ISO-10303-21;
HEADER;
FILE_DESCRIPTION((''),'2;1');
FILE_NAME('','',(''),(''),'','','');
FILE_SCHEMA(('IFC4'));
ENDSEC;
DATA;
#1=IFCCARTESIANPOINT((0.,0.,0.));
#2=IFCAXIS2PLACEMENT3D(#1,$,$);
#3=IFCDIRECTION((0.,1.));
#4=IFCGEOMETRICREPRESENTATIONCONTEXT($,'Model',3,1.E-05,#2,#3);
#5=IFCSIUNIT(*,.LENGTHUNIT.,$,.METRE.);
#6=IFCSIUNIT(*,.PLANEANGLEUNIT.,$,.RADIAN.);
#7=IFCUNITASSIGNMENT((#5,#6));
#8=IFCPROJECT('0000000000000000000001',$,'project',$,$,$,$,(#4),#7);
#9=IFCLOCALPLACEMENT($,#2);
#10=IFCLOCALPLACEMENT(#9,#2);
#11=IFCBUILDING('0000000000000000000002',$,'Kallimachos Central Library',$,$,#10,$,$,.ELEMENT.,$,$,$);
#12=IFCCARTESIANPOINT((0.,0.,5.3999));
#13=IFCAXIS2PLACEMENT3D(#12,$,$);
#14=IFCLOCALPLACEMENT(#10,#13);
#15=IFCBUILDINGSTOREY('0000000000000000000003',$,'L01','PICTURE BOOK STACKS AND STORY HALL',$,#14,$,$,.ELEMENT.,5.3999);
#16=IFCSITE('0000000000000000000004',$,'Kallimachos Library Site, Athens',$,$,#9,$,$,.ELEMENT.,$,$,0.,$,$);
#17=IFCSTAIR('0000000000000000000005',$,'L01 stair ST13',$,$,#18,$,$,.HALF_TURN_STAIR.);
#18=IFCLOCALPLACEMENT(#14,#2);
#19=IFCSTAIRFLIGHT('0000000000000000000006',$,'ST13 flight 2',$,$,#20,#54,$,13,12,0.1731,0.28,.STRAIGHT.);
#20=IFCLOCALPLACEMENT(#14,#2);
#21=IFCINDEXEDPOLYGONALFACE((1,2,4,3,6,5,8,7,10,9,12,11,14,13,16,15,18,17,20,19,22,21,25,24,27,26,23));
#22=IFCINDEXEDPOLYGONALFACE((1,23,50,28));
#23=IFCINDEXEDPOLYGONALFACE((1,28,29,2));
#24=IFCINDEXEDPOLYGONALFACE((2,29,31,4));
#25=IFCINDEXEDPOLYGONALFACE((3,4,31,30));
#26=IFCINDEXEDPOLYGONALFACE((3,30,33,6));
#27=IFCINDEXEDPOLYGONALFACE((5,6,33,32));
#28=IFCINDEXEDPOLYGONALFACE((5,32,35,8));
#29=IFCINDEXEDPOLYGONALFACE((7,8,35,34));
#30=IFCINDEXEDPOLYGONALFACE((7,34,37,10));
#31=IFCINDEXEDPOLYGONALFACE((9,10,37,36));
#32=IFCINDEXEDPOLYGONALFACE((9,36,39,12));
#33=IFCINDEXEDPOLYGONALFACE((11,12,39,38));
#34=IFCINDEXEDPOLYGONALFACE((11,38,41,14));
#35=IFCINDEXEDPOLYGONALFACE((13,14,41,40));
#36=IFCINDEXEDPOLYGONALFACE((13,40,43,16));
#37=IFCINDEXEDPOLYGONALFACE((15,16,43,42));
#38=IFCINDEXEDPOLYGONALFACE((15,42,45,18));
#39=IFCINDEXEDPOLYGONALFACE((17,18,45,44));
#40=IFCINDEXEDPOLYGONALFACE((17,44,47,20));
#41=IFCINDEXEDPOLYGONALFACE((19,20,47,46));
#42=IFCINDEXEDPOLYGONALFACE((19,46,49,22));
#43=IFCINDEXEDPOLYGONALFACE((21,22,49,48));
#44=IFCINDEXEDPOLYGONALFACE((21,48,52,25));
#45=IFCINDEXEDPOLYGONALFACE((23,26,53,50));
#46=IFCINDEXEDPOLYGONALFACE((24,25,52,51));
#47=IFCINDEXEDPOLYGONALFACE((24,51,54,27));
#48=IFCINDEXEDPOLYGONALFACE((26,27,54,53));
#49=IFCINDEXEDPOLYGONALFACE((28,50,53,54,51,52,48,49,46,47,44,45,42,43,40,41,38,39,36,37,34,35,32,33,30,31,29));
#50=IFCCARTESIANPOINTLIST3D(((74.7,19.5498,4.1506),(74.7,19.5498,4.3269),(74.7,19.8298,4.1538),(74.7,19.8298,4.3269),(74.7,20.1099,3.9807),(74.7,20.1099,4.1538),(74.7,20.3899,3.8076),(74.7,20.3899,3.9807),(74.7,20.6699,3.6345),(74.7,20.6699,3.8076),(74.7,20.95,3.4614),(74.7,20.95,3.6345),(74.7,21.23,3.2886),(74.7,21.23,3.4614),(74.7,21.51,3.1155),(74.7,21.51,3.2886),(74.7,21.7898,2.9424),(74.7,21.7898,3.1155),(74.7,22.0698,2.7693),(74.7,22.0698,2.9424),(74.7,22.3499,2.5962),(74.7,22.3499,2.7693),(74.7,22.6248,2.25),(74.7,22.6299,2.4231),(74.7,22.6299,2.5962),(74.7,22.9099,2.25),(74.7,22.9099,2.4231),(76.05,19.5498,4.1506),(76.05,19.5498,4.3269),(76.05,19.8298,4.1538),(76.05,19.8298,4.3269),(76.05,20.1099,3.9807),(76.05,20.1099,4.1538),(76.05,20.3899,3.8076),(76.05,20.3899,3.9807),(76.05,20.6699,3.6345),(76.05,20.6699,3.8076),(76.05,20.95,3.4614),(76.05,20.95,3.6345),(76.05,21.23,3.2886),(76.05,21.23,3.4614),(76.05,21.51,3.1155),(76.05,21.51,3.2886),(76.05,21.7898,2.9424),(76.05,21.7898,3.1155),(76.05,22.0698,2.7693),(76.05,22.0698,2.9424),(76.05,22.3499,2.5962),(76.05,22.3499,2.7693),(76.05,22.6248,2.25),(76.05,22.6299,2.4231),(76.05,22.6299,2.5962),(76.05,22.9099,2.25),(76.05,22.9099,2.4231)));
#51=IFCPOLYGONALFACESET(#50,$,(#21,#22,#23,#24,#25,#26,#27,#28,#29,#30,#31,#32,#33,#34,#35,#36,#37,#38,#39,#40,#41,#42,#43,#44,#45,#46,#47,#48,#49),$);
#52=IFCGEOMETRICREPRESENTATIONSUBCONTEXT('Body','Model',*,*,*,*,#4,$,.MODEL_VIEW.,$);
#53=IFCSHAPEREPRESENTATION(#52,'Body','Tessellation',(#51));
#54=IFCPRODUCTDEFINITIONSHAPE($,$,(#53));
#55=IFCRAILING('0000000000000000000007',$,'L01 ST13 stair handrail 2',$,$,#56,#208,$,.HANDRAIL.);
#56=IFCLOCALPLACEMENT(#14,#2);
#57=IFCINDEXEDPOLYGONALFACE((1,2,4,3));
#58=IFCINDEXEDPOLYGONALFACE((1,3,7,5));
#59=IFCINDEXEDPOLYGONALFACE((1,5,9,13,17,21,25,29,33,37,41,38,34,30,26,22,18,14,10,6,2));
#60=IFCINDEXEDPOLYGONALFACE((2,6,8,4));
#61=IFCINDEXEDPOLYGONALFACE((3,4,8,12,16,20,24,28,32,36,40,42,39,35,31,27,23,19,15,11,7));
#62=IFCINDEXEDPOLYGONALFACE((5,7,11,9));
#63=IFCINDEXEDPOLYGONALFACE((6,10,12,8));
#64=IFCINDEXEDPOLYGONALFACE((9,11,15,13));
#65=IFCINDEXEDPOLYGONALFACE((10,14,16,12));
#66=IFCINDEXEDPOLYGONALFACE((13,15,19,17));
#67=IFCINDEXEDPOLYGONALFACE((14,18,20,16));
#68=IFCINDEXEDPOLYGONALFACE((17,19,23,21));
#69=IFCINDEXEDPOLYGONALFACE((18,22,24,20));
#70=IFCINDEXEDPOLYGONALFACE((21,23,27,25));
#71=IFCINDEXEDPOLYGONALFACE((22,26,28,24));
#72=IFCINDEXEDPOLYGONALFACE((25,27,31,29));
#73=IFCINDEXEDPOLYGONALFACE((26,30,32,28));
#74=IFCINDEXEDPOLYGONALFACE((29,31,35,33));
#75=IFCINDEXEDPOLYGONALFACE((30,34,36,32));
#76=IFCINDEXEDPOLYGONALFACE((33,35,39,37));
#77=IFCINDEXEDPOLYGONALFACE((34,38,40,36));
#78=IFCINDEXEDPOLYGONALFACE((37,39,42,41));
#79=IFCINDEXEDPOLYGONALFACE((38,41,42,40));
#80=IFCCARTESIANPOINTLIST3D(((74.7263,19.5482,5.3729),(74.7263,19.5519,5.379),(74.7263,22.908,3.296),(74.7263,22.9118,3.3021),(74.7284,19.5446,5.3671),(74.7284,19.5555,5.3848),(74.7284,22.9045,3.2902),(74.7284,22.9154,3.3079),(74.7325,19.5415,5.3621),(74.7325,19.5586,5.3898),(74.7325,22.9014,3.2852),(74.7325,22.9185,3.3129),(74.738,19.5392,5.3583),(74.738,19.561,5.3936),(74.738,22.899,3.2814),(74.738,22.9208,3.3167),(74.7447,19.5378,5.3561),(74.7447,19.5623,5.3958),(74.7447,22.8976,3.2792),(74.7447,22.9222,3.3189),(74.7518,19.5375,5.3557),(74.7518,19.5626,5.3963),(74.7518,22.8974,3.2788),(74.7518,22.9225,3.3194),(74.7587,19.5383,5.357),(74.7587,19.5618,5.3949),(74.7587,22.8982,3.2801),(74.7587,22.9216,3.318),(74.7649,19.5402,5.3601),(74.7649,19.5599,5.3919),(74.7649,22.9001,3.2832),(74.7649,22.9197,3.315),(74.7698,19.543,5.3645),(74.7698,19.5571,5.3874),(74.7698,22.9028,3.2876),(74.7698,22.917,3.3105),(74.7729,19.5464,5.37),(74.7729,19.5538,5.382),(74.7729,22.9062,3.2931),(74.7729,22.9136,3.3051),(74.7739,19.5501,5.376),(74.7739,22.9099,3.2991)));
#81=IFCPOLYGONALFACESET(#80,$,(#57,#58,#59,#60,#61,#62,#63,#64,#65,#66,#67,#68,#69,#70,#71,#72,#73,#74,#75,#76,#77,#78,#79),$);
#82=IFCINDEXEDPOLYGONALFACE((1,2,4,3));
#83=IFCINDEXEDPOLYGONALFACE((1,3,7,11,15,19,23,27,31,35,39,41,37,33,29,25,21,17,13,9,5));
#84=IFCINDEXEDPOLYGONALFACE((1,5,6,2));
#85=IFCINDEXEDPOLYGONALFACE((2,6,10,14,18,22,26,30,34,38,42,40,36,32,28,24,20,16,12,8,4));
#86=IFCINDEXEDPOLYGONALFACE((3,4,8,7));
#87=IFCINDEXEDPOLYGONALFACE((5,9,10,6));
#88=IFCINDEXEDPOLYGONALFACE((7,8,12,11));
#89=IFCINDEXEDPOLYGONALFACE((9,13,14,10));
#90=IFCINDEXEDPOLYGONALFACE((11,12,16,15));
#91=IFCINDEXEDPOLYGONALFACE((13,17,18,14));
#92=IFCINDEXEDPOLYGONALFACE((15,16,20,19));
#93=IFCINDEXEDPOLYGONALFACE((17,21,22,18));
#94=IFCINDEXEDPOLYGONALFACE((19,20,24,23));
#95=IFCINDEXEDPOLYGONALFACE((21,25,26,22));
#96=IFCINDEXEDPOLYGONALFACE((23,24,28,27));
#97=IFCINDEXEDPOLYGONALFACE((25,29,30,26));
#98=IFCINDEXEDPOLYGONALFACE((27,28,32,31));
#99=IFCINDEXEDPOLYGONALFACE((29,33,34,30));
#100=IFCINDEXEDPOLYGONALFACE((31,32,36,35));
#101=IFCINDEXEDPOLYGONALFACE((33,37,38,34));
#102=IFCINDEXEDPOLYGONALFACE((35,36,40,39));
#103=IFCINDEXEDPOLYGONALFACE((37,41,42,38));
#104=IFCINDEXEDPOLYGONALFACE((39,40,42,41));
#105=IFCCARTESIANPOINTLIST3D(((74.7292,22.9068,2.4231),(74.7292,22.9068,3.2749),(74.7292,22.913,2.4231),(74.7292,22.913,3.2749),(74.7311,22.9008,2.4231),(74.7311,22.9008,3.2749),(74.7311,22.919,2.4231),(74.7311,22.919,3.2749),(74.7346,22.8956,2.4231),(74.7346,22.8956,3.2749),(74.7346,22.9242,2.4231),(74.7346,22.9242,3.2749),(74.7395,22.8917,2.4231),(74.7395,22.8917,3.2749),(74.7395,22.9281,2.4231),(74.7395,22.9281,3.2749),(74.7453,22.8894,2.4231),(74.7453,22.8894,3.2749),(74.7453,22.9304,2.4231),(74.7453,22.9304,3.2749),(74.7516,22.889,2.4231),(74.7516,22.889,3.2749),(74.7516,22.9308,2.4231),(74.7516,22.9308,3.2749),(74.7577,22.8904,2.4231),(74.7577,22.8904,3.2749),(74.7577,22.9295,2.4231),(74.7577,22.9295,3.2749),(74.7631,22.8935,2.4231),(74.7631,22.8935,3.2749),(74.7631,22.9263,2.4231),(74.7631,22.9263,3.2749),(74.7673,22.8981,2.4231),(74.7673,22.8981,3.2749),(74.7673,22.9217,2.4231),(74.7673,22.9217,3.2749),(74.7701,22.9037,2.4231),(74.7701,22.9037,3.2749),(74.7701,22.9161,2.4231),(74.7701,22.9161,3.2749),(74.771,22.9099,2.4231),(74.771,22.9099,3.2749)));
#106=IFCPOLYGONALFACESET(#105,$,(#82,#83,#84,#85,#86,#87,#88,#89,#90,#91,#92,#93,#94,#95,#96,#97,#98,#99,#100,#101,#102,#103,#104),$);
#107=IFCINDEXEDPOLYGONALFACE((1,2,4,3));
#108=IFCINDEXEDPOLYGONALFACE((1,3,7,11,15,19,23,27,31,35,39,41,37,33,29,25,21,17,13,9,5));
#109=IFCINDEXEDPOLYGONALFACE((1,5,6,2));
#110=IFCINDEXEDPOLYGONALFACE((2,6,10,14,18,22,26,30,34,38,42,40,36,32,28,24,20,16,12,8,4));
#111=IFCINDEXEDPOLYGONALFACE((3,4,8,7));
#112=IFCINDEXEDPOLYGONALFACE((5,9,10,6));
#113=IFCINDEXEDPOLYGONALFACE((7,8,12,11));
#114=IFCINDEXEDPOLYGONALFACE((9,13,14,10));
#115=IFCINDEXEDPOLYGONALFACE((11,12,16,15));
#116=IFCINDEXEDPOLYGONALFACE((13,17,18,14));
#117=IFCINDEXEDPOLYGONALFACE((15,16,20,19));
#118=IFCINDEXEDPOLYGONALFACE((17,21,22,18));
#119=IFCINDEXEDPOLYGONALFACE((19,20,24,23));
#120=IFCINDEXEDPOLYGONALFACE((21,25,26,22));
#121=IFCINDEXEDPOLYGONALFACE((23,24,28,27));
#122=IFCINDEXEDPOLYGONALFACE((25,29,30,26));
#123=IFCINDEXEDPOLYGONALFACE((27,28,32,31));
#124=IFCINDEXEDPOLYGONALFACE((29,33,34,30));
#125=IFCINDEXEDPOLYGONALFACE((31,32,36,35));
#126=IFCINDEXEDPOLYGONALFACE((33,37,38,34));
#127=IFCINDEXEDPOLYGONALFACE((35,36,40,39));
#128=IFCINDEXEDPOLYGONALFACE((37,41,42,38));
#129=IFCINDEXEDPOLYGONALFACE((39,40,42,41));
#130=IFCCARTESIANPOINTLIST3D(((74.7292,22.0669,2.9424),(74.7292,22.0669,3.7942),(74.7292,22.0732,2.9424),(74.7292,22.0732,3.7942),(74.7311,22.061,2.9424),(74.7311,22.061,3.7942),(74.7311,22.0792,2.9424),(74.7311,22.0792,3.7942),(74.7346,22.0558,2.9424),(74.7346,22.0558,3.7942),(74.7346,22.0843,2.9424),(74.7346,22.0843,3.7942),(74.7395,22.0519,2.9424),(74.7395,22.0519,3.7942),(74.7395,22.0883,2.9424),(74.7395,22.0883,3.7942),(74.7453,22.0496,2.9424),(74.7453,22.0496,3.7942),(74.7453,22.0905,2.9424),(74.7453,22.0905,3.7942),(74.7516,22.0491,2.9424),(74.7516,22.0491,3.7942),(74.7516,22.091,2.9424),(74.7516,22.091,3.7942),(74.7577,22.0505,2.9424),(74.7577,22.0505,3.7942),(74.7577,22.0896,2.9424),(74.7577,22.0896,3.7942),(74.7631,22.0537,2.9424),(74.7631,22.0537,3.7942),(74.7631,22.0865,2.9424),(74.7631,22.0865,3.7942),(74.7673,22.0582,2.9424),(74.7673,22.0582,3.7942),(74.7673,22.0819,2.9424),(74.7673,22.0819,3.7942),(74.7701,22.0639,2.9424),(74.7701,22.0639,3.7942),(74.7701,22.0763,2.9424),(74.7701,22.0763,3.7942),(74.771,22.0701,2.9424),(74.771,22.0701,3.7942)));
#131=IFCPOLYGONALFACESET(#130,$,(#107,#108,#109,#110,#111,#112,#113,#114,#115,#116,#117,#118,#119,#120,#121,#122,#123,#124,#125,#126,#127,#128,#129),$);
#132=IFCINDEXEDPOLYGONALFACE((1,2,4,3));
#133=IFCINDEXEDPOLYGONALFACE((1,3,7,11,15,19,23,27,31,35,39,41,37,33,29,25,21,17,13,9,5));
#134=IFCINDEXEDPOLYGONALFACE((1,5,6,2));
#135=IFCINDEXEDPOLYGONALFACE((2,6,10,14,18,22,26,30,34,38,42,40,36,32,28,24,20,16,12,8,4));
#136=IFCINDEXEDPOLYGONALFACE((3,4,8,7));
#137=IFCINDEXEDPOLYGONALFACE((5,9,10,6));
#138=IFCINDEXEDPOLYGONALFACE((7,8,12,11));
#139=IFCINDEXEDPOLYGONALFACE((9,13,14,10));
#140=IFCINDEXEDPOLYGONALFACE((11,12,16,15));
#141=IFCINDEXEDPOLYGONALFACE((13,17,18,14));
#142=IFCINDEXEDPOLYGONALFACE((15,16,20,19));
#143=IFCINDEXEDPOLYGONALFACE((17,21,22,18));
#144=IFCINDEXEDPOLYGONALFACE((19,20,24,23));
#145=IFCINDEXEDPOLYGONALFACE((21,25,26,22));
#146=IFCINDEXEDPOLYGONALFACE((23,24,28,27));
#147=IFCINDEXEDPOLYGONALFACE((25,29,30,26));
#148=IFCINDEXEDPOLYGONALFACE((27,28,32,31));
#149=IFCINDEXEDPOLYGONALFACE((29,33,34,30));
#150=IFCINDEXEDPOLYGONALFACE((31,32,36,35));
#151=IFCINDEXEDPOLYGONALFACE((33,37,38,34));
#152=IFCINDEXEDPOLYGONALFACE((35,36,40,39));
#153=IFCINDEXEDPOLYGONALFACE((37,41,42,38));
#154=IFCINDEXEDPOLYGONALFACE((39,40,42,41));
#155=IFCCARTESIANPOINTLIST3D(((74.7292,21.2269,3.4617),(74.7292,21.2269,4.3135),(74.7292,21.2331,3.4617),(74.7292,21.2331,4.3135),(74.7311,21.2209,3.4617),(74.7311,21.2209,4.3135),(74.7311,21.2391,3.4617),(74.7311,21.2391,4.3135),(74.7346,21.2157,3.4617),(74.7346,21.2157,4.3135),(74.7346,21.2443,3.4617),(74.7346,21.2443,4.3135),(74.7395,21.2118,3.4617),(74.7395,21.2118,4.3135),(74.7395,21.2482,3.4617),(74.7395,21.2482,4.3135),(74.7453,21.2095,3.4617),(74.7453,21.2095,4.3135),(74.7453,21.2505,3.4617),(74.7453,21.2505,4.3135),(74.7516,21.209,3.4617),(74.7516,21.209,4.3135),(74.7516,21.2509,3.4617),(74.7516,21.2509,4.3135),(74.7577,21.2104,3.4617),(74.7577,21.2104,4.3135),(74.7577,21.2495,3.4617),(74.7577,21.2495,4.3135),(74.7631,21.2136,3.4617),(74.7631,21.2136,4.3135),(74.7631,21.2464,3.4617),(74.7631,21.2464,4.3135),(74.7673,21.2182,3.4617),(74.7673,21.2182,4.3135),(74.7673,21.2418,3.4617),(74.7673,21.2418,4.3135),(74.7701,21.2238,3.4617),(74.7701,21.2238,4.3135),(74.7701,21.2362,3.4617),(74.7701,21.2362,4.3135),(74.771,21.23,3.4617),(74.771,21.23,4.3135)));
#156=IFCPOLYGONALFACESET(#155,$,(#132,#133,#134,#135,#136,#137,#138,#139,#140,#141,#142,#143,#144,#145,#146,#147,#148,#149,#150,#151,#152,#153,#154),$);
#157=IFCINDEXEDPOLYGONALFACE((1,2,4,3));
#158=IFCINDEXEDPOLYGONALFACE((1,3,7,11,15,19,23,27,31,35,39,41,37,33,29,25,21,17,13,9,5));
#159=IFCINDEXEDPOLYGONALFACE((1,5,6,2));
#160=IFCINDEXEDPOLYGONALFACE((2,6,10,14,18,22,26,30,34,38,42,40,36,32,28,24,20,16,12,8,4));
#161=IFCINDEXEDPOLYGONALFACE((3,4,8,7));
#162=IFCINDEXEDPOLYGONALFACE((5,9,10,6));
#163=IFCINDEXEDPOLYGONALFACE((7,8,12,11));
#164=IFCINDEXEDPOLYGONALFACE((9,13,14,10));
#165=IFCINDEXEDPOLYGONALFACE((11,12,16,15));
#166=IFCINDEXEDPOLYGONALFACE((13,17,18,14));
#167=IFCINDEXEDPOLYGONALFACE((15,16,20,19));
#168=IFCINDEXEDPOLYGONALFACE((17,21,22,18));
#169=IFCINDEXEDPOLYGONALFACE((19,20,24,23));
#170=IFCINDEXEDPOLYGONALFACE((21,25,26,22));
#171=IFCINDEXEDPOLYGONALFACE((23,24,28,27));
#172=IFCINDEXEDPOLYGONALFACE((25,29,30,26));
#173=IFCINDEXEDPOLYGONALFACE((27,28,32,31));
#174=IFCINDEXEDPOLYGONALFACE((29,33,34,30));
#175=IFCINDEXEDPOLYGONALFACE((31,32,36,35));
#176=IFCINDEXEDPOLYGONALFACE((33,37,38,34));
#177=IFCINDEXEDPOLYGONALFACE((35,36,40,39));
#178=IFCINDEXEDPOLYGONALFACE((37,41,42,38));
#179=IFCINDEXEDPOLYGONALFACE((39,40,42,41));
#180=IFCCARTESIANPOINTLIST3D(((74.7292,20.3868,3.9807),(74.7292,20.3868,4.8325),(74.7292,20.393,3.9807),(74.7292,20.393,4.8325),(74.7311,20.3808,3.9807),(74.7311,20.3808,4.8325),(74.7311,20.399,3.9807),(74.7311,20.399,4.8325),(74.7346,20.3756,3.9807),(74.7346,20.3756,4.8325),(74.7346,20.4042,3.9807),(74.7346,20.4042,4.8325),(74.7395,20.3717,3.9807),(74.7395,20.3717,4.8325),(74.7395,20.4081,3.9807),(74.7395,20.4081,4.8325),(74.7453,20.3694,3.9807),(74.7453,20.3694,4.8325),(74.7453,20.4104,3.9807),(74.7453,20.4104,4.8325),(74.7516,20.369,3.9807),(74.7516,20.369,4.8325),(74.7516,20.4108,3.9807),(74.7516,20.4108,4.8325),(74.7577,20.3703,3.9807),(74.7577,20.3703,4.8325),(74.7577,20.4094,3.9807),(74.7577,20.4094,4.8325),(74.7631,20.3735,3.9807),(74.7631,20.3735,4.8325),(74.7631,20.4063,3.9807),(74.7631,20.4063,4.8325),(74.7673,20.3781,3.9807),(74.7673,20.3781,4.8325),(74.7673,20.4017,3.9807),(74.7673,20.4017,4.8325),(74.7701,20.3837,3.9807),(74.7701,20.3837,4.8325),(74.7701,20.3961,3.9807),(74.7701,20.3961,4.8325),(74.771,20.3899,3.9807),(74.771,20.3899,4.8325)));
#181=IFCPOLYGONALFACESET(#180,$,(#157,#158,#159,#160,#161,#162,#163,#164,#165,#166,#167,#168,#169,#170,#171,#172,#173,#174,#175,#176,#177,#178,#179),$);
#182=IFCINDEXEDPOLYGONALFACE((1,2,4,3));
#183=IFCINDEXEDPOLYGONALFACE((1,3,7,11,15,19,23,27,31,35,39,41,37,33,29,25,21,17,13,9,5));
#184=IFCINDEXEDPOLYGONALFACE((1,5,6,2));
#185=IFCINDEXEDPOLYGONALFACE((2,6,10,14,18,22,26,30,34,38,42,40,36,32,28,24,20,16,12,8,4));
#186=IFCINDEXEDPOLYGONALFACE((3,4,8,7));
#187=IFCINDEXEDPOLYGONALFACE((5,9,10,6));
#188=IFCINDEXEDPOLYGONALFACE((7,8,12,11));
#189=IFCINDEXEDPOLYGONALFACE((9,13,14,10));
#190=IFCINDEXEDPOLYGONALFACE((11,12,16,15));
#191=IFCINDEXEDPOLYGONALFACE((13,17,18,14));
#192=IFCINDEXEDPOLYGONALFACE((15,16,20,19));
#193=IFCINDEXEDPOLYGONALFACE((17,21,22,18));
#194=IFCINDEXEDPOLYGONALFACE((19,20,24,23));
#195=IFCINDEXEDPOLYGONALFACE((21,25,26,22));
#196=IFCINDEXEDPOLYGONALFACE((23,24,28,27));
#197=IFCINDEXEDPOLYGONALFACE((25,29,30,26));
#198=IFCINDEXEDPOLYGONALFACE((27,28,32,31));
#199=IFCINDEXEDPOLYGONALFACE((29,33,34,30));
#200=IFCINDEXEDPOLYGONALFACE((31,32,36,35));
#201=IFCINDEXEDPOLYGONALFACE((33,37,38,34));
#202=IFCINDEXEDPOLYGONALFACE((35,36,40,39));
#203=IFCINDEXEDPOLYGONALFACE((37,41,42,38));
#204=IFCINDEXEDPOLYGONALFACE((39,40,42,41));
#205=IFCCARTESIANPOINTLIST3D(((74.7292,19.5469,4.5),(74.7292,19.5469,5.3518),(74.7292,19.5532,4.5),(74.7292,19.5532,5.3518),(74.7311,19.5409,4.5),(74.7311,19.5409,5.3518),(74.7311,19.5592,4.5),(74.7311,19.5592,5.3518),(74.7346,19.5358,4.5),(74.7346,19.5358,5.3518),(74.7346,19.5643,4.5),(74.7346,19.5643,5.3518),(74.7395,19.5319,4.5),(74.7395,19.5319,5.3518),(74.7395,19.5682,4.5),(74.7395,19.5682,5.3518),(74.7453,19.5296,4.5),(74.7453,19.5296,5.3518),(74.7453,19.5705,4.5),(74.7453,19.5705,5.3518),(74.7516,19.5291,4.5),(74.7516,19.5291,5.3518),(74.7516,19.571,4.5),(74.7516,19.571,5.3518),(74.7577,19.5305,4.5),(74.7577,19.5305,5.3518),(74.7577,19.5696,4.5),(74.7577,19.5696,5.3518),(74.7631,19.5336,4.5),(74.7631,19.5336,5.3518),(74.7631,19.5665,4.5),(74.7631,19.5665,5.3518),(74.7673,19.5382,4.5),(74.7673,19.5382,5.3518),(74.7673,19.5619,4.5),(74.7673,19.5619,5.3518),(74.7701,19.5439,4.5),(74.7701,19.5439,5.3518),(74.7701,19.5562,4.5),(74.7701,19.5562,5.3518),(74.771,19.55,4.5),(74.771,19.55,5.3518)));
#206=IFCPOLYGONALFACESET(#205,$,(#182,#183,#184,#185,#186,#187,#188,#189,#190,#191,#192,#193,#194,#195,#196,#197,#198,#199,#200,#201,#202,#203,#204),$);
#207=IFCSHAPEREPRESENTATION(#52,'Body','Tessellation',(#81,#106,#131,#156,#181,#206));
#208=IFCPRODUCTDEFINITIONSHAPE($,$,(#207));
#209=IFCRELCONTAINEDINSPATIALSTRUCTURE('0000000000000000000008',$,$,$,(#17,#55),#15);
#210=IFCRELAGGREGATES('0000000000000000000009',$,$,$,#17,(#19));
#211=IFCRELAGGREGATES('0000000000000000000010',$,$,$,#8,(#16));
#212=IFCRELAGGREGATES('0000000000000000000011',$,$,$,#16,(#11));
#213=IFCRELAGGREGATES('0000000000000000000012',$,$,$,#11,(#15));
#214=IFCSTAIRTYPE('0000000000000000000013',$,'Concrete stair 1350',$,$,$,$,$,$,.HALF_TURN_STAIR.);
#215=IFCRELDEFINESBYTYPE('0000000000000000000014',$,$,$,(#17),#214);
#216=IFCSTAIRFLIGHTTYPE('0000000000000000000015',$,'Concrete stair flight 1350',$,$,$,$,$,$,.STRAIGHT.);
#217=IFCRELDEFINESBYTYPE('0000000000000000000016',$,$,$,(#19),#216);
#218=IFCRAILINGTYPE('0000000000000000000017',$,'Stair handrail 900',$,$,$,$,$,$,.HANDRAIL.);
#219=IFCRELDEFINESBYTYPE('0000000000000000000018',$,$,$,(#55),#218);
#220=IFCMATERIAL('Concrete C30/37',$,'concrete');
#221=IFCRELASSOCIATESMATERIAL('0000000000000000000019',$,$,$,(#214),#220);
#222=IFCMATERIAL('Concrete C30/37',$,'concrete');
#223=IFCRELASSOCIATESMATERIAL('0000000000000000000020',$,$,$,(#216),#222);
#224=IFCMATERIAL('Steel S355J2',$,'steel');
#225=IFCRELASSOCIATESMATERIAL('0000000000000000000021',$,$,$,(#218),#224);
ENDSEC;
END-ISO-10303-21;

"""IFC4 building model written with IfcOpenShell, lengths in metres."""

from ifc_helpers import new_model, si_unit, direction, frame, origin, origin_2d, place, context, subcontext, project, spatial, polyline, circle, outline, extrude, material, type_object, element, aggregate, save


model = new_model("IFC4")

# Units and contexts
model_context = context("Model", 3, precision=1e-05, world=origin(), true_north=direction((0.0, 1.0)))
body_context = subcontext(model_context, "Body", "Model", "MODEL_VIEW")
ifc_project = project(units=[si_unit("LENGTHUNIT", "METRE"), si_unit("PLANEANGLEUNIT", "RADIAN")], contexts=[model_context])

# Site, building, storey
site_placement = place(None, origin())
site = spatial("IfcSite", under=ifc_project, at=site_placement, Name="Kallimachos Library Site, Athens", CompositionType="ELEMENT", RefElevation=0.0)
building_placement = place(site_placement, origin())
building = spatial("IfcBuilding", under=site, at=building_placement, Name="Kallimachos Central Library", CompositionType="ELEMENT")
storey_placement = place(building_placement, frame((0.0, 0.0, 5.3999)))
storey = spatial("IfcBuildingStorey", under=building, at=storey_placement, Name="L01", Description="PICTURE BOOK STACKS AND STORY HALL", CompositionType="ELEMENT", Elevation=5.3999)

# Stair, stair flight
ifc_material_1 = material(Name="Concrete C30/37", Category="concrete")
stair_type = type_object("IfcStairType", Name="Concrete stair 1350", PredefinedType="HALF_TURN_STAIR", material=ifc_material_1)
stair_placement = place(storey_placement, origin())
stair = element("IfcStair", 1, at=stair_placement, inside=storey, type_object=stair_type, Name="L01 stair ST13", PredefinedType="HALF_TURN_STAIR")
ifc_material_2 = material(Name="Concrete C30/37", Category="concrete")
stair_flight_type = type_object("IfcStairFlightType", Name="Concrete stair flight 1350", PredefinedType="STRAIGHT", material=ifc_material_2)
stair_flight_placement = place(storey_placement, frame((75.375, 22.9099, 2.25), z_axis=(0.0, 0.0, 1.0), x_axis=(0.0, -1.0, 0.0)))
stair_flight = element("IfcStairFlight", 2, at=stair_flight_placement, type_object=stair_flight_type, Name="ST13 flight 2", NumberOfRisers=13, NumberOfTreads=12, PredefinedType="STRAIGHT", RiserHeight=0.1731, TreadLength=0.28, context=body_context, shape_type="SweptSolid", body=[
    extrude(outline(polyline([(0.0, 0.0), (0.0, 0.1731), (0.28, 0.1731), (0.28, 0.3462), (0.5601, 0.3462), (0.5601, 0.5193), (0.8401, 0.5193), (0.8401, 0.6924), (1.1201, 0.6924), (1.1201, 0.8655), (1.3999, 0.8655), (1.3999, 1.0386), (1.6799, 1.0386), (1.6799, 1.2114), (1.96, 1.2114), (1.96, 1.3845), (2.24, 1.3845), (2.24, 1.5576), (2.52, 1.5576), (2.52, 1.7307), (2.8, 1.7307), (2.8, 1.9038), (3.0801, 1.9038), (3.0801, 2.0769), (3.3601, 2.0769), (3.3601, 2.25), (3.3601, 1.9006), (0.2852, 0.0), (0.0, 0.0)])), frame((0.0, 0.675, 0.0), z_axis=(0.0, -1.0, 0.0), x_axis=(1.0, 0.0, 0.0)), (0.0, 0.0, 1.0), 1.3501),
])
aggregate(stair, [stair_flight])

# Railing
ifc_material_3 = material(Name="Steel S355J2", Category="steel")
railing_type_1 = type_object("IfcRailingType", Name="Stair handrail 900", PredefinedType="HANDRAIL", material=ifc_material_3)
railing_1_placement = place(storey_placement, frame((74.75, 22.9099, 2.4231)))
element("IfcRailing", 3, at=railing_1_placement, inside=storey, type_object=railing_type_1, Name="L01 ST13 stair handrail 2", PredefinedType="HANDRAIL", context=body_context, shape_type="SweptSolid", body=[
    extrude(circle(Radius=0.0239, at=origin_2d()), frame((0.0, 0.0, 0.876), z_axis=(0.0, -0.850606, 0.525803), x_axis=(1.0, 0.0, 0.0)), (0.0, 0.0, 1.0), 3.95),
    extrude(circle(Radius=0.021, at=origin_2d()), origin(), (0.0, 0.0, 1.0), 0.8518),
    extrude(circle(Radius=0.021, at=origin_2d()), frame((0.0, -0.8398, 0.5193)), (0.0, 0.0, 1.0), 0.8518),
    extrude(circle(Radius=0.021, at=origin_2d()), frame((0.0, -1.6799, 1.0386)), (0.0, 0.0, 1.0), 0.8518),
    extrude(circle(Radius=0.021, at=origin_2d()), frame((0.0, -2.52, 1.5576)), (0.0, 0.0, 1.0), 0.8518),
    extrude(circle(Radius=0.021, at=origin_2d()), frame((0.0, -3.3599, 2.0769)), (0.0, 0.0, 1.0), 0.8518),
])

save(model, "model.ifc")
